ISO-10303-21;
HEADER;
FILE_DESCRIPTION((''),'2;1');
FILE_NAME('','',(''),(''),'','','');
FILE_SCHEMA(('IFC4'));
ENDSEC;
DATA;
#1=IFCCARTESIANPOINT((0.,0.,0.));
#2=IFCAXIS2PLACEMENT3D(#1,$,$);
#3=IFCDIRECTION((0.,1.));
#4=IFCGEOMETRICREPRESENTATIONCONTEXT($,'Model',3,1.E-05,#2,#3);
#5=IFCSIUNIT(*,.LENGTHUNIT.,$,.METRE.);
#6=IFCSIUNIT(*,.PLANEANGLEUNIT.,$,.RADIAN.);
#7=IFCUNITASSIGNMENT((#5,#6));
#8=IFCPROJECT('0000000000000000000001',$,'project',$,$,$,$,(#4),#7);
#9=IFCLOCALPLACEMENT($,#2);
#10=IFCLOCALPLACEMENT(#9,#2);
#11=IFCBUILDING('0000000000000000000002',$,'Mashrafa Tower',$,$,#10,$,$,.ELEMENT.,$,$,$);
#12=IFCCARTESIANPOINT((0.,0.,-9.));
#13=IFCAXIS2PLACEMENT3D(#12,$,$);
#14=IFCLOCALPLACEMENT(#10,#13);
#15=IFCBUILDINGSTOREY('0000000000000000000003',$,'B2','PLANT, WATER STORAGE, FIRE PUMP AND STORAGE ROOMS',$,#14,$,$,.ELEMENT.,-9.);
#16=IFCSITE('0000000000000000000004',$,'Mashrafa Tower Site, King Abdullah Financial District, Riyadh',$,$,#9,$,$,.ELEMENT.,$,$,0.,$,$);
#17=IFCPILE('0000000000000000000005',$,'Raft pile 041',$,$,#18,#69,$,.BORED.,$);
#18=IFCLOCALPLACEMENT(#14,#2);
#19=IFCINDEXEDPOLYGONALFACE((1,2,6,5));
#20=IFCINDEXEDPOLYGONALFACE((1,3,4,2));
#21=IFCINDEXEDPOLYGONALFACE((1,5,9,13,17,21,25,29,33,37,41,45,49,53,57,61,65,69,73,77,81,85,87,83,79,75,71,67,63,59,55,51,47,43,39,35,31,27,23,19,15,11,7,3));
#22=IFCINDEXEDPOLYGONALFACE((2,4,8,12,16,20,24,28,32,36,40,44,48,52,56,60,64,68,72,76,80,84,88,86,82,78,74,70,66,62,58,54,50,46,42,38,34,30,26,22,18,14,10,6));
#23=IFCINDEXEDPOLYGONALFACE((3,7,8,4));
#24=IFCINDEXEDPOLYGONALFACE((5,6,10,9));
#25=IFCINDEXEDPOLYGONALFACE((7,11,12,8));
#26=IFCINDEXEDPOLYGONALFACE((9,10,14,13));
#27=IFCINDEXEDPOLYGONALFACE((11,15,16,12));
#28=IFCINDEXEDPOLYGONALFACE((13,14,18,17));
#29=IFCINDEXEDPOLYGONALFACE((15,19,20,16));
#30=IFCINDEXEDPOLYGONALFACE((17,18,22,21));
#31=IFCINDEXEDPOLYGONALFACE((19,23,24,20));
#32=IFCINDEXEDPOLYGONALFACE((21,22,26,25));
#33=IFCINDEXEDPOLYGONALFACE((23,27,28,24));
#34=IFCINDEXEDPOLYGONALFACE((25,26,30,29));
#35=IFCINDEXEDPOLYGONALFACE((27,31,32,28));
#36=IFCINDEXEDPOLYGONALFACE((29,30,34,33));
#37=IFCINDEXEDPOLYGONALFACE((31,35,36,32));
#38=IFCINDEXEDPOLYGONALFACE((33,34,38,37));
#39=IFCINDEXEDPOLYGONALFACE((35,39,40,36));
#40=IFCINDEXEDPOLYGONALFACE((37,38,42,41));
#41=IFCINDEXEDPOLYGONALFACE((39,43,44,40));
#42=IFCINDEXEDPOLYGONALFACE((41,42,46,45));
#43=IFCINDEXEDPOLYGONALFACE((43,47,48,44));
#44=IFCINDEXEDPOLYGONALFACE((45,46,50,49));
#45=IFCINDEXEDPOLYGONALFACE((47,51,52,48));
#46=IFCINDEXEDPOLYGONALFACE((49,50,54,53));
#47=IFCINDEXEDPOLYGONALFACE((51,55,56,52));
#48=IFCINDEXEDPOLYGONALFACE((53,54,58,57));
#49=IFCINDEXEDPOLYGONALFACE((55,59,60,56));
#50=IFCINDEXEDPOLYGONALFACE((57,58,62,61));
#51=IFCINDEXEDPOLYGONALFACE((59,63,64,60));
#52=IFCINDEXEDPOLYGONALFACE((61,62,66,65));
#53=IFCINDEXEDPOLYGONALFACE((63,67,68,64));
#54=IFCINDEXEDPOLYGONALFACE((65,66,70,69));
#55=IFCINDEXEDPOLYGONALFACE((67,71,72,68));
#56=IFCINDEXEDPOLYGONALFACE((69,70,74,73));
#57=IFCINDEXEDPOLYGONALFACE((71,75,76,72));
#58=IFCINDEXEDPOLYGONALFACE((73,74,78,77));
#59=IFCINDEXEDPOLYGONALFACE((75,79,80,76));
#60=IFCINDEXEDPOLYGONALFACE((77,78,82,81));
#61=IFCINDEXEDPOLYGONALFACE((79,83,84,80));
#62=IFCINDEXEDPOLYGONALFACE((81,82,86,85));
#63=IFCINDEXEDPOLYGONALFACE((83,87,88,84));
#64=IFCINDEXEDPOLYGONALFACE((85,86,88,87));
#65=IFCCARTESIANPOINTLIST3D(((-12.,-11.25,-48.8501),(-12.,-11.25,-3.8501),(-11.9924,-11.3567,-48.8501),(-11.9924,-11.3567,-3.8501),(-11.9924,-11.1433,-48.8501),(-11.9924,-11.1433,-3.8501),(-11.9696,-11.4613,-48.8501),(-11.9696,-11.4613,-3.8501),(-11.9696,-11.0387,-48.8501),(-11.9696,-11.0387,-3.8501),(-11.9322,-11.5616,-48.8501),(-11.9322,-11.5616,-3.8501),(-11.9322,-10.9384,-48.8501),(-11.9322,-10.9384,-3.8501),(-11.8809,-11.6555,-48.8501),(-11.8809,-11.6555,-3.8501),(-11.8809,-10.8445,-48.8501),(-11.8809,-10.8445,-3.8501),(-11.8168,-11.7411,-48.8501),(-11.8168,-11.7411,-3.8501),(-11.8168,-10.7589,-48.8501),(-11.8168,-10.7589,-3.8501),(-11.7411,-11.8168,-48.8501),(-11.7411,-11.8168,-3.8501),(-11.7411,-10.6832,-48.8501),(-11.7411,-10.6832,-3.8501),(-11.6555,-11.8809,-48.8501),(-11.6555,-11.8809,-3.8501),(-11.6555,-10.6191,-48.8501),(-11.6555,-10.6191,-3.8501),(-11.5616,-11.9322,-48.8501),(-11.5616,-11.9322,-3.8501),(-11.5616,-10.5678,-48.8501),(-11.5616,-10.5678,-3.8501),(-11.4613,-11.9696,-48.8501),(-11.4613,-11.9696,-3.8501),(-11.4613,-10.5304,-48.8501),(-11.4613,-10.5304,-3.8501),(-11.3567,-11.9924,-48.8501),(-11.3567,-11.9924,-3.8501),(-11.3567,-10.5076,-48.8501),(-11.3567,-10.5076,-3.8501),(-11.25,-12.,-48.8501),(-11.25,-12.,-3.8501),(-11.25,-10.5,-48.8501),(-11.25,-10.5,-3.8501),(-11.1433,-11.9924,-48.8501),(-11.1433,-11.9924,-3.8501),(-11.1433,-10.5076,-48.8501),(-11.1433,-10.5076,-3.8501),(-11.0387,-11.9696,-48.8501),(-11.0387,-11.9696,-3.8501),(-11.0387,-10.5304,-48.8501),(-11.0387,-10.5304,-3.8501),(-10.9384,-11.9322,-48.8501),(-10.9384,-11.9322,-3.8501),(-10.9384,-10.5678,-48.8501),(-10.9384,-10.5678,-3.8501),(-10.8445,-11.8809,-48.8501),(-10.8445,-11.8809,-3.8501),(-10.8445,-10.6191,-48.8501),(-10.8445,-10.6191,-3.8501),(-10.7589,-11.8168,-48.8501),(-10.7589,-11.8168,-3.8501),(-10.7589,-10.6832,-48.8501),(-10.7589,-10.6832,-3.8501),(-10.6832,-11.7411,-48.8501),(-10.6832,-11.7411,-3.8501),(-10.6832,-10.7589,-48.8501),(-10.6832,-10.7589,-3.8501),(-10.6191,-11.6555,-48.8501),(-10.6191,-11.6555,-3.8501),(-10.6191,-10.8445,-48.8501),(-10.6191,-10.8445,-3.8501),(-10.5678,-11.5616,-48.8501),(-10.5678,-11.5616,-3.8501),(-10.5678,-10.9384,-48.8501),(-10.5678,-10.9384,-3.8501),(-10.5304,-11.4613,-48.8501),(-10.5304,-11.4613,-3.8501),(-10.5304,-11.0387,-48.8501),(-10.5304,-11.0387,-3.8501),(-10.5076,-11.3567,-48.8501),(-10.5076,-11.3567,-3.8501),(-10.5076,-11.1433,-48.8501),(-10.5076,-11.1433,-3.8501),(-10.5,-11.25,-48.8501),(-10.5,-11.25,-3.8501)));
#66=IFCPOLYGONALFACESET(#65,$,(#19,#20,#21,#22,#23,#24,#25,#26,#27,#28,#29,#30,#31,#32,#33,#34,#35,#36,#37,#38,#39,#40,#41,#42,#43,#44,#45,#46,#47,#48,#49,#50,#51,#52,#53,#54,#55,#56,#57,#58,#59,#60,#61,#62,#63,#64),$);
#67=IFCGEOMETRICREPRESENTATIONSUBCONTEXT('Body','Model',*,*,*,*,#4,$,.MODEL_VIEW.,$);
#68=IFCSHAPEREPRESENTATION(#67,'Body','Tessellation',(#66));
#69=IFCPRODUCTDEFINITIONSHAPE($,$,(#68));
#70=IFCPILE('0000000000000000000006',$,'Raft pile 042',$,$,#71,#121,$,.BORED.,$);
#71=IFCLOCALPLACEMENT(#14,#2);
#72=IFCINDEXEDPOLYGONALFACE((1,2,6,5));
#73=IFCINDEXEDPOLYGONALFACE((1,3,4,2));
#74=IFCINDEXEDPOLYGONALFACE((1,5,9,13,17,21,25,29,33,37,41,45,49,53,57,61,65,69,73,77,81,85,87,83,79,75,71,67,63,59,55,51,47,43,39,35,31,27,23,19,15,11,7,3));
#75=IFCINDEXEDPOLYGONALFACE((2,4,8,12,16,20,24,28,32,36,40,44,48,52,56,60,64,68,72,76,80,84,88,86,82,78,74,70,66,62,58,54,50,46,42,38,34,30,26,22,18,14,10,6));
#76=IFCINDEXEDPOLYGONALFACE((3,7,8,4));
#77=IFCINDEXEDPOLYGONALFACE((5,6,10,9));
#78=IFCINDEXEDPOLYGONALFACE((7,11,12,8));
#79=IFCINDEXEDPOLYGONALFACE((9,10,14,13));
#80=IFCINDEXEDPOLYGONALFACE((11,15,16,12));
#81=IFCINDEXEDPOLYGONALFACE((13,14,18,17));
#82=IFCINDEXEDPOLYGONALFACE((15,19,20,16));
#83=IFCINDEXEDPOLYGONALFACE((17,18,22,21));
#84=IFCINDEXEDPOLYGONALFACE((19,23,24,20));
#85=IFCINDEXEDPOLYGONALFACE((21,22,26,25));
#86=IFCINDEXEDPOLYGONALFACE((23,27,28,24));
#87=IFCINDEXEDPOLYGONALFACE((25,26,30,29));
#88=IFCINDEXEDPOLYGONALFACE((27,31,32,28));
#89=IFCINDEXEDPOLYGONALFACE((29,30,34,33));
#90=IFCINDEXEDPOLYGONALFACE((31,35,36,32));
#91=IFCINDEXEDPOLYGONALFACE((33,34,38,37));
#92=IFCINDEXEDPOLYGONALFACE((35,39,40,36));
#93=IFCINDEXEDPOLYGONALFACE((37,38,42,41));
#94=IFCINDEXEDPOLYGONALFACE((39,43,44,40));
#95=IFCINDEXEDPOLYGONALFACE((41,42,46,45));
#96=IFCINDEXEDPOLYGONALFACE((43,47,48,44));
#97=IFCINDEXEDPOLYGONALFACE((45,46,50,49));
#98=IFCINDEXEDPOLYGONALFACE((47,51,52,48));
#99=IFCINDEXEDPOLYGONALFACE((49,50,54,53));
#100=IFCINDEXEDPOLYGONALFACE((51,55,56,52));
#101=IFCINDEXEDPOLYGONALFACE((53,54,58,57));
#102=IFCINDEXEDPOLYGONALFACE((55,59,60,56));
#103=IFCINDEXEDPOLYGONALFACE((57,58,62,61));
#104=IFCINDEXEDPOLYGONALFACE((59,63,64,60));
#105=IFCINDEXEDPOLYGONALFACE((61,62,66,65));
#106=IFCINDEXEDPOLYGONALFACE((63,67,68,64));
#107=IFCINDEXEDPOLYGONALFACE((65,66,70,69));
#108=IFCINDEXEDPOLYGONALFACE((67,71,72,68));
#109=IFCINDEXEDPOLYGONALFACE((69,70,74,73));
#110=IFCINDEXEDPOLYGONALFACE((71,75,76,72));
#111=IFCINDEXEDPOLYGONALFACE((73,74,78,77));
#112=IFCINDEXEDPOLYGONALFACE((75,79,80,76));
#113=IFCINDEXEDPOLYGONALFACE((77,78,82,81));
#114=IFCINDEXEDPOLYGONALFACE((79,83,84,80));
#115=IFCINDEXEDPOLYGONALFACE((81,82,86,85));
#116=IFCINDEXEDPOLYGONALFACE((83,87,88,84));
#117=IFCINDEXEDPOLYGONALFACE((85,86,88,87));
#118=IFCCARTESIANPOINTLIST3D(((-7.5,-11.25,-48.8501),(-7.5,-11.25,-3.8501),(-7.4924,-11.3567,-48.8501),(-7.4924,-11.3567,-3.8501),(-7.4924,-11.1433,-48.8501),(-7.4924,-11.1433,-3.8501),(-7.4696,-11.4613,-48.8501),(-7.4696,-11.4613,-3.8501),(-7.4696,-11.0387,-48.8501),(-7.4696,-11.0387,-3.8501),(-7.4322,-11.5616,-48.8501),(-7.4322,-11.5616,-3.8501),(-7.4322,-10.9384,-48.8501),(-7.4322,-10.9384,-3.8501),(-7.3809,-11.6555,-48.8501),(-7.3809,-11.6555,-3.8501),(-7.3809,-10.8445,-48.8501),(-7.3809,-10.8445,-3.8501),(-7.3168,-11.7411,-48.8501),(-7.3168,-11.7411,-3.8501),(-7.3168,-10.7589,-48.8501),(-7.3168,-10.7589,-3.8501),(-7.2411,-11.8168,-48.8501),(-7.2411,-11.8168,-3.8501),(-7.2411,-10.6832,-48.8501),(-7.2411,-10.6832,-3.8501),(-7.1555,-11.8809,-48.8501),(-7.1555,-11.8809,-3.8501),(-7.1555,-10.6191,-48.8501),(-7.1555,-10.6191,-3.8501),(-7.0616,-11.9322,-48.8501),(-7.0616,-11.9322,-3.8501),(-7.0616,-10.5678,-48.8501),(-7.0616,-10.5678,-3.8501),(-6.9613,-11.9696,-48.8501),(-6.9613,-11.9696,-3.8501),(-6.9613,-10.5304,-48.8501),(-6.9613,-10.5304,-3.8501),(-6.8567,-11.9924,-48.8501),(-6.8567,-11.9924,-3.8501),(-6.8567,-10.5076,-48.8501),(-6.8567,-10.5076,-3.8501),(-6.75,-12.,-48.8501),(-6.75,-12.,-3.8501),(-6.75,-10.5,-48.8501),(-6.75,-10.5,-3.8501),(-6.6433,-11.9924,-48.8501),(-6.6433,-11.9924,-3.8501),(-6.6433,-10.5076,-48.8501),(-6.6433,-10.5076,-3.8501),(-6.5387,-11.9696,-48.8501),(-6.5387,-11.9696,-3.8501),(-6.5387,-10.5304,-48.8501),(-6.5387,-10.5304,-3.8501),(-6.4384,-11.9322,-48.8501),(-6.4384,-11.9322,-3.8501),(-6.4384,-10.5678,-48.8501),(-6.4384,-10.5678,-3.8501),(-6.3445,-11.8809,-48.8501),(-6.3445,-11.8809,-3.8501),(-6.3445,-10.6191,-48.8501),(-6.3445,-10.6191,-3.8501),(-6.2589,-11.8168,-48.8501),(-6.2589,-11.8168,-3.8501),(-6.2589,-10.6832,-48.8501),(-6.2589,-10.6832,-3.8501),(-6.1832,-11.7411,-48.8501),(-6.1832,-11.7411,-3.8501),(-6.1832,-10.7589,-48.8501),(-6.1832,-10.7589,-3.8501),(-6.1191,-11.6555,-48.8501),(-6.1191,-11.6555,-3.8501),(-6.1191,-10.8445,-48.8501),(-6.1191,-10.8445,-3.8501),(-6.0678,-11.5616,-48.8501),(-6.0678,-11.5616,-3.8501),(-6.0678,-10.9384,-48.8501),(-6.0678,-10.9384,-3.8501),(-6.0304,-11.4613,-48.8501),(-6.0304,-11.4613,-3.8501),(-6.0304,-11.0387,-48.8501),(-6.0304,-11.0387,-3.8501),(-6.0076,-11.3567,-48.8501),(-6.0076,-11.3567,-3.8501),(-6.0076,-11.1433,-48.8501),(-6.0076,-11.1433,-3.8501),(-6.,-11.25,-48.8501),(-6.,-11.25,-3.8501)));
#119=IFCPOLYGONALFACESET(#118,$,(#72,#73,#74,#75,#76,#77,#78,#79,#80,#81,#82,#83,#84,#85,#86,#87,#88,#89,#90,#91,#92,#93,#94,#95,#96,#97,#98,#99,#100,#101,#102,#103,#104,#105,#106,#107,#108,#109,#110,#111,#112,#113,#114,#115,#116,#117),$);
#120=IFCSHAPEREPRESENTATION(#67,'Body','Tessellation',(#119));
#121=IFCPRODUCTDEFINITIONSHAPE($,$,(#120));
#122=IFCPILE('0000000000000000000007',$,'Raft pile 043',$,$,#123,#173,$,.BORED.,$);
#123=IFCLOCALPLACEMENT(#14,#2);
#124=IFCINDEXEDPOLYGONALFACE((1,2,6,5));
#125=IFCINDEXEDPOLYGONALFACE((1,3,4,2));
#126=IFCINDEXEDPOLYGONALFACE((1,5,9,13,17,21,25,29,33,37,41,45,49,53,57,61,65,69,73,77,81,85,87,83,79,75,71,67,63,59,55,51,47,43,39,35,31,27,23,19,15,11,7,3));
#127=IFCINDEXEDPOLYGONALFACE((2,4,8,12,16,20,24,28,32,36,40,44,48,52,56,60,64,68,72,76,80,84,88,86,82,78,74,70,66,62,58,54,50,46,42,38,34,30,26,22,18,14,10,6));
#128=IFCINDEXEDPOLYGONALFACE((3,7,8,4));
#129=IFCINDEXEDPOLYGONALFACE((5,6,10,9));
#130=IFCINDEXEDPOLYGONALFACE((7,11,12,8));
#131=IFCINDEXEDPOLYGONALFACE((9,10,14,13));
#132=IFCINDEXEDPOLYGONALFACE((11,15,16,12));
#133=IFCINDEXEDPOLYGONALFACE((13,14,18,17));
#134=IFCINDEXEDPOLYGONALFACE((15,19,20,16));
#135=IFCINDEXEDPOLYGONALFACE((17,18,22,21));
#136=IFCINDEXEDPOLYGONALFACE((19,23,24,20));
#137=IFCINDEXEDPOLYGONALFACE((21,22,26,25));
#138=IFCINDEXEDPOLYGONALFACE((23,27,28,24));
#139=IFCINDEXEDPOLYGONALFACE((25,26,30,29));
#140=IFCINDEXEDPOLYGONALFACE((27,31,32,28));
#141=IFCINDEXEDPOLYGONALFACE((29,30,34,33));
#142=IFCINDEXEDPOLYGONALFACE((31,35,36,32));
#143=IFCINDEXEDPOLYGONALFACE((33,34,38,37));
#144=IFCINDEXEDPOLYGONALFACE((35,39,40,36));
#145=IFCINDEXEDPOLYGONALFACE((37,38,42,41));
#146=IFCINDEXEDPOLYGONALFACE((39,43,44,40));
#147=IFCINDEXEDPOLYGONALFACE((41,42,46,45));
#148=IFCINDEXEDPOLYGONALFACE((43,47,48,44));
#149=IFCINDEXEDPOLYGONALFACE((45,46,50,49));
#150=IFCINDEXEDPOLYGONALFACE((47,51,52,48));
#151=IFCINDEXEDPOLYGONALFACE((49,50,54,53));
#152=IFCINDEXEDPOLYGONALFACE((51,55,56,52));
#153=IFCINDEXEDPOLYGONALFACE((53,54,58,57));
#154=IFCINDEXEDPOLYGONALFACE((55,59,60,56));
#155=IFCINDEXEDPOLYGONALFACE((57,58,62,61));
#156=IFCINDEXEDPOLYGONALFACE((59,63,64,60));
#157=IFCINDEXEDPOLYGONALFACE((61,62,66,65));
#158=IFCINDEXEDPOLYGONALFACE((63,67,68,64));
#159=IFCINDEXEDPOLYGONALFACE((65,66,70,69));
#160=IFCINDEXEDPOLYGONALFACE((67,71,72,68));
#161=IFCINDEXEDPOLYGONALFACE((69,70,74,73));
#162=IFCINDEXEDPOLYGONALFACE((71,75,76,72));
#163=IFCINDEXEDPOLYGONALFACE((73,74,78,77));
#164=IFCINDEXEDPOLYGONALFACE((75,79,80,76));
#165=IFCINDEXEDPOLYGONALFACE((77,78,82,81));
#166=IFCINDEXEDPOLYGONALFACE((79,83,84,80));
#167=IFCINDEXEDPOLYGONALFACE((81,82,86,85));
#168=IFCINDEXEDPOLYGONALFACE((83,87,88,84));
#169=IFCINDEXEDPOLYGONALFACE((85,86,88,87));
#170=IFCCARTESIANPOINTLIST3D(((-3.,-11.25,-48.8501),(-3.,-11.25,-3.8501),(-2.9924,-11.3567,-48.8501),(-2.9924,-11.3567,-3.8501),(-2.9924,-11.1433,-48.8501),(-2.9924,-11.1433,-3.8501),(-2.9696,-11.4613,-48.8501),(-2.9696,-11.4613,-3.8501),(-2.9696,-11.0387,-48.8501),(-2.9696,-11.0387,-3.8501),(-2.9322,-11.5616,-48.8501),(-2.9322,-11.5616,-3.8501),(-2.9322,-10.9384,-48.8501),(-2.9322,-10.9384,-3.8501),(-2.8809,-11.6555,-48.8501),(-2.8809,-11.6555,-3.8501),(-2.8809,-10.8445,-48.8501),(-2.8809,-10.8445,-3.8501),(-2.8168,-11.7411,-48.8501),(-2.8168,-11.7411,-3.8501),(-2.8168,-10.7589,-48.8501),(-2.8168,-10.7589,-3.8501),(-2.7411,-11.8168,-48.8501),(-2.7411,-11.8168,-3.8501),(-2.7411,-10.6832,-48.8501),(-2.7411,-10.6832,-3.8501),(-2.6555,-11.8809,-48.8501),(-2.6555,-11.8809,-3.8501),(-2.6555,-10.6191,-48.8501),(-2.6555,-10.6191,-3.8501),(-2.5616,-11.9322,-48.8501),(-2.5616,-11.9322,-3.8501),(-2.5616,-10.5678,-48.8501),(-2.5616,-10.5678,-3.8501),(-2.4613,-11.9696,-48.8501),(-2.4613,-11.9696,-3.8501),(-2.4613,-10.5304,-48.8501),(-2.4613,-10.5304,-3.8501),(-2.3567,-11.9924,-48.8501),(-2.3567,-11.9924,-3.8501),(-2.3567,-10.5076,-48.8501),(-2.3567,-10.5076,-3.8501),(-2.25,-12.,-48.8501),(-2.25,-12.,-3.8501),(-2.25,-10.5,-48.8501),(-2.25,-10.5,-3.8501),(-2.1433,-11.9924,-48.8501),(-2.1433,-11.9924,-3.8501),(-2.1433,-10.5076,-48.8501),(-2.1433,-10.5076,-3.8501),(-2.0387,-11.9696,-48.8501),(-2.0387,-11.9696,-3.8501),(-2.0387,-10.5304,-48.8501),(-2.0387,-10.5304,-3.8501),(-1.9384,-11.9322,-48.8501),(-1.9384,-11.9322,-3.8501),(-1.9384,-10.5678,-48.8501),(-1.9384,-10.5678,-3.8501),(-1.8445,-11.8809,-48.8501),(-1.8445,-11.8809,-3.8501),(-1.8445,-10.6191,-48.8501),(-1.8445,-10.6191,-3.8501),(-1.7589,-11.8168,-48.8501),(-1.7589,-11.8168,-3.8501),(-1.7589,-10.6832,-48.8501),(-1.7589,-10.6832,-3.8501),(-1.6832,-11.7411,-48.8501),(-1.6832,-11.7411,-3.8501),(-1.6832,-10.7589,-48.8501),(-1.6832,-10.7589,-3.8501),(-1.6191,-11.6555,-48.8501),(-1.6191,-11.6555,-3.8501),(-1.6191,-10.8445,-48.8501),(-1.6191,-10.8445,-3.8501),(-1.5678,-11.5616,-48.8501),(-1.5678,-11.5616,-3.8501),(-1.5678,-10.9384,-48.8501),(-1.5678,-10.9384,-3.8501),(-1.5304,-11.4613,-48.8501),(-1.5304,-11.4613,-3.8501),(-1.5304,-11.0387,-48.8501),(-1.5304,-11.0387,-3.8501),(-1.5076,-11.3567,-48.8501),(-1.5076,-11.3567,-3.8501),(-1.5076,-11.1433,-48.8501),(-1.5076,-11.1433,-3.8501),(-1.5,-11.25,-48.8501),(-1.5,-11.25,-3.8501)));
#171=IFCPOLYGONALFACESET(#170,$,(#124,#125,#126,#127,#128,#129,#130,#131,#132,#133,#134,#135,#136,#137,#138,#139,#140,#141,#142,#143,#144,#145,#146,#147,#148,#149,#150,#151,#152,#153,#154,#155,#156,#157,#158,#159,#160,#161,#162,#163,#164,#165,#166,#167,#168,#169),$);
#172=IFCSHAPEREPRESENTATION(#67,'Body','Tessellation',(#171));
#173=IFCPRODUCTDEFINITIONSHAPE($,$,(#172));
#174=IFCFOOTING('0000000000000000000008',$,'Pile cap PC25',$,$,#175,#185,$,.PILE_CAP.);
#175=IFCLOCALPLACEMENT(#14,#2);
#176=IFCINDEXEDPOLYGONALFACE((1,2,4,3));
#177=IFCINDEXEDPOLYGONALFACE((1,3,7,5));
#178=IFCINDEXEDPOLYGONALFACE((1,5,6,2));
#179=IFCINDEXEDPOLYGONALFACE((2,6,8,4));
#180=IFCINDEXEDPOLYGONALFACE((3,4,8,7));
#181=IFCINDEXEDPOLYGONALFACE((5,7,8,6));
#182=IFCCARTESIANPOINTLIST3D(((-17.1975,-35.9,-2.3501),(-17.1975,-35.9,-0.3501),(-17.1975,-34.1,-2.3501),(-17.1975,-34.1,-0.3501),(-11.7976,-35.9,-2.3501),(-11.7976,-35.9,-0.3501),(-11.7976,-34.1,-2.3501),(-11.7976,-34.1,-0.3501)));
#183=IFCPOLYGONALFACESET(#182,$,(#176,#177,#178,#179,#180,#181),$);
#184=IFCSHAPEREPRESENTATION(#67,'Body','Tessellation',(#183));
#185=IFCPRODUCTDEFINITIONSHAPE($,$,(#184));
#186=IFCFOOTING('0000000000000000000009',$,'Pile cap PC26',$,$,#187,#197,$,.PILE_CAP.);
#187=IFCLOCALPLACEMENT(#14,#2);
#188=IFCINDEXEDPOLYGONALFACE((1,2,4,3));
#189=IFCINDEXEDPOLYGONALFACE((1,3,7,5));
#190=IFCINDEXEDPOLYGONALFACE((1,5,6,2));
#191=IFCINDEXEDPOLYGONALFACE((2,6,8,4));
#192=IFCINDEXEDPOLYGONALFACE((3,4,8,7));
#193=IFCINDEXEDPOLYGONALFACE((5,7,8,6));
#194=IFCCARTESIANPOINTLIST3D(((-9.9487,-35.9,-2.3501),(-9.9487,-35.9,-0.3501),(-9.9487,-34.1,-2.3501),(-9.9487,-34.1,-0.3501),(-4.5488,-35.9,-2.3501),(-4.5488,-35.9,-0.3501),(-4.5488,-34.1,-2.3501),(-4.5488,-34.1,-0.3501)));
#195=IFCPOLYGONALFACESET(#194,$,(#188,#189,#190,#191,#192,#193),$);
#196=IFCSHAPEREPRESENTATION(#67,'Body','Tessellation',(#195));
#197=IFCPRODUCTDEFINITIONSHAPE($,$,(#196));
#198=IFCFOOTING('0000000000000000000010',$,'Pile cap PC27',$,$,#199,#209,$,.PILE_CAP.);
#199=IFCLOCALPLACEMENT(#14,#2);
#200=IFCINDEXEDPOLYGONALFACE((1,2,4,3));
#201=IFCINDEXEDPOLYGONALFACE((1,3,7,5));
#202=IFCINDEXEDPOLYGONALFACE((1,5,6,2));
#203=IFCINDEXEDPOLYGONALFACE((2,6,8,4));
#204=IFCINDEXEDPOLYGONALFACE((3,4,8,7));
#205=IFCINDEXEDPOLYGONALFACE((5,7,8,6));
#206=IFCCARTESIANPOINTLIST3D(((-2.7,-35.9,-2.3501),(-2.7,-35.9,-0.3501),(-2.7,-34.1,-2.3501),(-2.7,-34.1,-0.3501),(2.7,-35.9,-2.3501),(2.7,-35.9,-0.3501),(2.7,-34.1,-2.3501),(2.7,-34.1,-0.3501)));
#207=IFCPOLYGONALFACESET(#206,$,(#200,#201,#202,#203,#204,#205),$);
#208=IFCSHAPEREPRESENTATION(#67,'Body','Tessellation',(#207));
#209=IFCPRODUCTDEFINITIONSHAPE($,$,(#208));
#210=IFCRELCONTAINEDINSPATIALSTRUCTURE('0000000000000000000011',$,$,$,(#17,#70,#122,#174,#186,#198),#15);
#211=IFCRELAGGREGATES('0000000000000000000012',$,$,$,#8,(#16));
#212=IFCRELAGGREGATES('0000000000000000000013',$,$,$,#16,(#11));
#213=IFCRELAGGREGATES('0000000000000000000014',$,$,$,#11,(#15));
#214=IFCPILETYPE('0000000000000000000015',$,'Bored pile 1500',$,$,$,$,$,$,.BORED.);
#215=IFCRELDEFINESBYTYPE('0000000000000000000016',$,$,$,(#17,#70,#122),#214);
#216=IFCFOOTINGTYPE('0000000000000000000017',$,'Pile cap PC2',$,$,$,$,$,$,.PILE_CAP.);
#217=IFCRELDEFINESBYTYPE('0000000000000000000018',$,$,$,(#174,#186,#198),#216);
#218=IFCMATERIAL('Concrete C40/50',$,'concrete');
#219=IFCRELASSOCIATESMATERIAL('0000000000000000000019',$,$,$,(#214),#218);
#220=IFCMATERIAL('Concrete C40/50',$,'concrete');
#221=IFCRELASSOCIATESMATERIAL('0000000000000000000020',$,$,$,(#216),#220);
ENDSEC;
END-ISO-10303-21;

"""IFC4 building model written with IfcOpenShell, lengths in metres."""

from ifc_helpers import new_model, si_unit, direction, frame, origin, origin_2d, place, context, subcontext, project, spatial, rectangle, circle, extrude, material, material_profile, profile_set, type_object, element, save


model = new_model("IFC4")

# Units and contexts
model_context = context("Model", 3, precision=1e-05, world=origin(), true_north=direction((0.0, 1.0)))
body_context = subcontext(model_context, "Body", "Model", "MODEL_VIEW")
ifc_project = project(units=[si_unit("LENGTHUNIT", "METRE"), si_unit("PLANEANGLEUNIT", "RADIAN")], contexts=[model_context])

# Site, building, storey
site_placement = place(None, origin())
site = spatial("IfcSite", under=ifc_project, at=site_placement, Name="Mashrafa Tower Site, King Abdullah Financial District, Riyadh", CompositionType="ELEMENT", RefElevation=0.0)
building_placement = place(site_placement, origin())
building = spatial("IfcBuilding", under=site, at=building_placement, Name="Mashrafa Tower", CompositionType="ELEMENT")
storey_placement = place(building_placement, frame((0.0, 0.0, -9.0)))
storey = spatial("IfcBuildingStorey", under=building, at=storey_placement, Name="B2", Description="PLANT, WATER STORAGE, FIRE PUMP AND STORAGE ROOMS", CompositionType="ELEMENT", Elevation=-9.0)

# Piles
ifc_material_1 = material(Name="Concrete C40/50", Category="concrete")
ifc_material_profile_1 = material_profile(ifc_material_1, circle(Radius=0.75, at=origin_2d()), Name="1500 DIA")
ifc_profile_set_1 = profile_set([ifc_material_profile_1], Name="Concrete C40/50")
pile_type_1 = type_object("IfcPileType", Name="Bored pile 1500", PredefinedType="BORED", material=ifc_profile_set_1)
for number, where, z_axis, x_axis, name in (
    (1, (-11.25, -11.25, -3.8501), (0.0, 0.0, -1.0), (1.0, 0.0, 0.0), "Raft pile 041"),
    (2, (-6.75, -11.25, -3.8501), (0.0, 0.0, -1.0), (1.0, 0.0, 0.0), "Raft pile 042"),
    (3, (-2.25, -11.25, -3.8501), (0.0, 0.0, -1.0), (1.0, 0.0, 0.0), "Raft pile 043"),
):
    element("IfcPile", number, at=place(storey_placement, frame(where, z_axis=z_axis, x_axis=x_axis)), inside=storey, type_object=pile_type_1, Name=name, PredefinedType="BORED", context=body_context, shape_type="SweptSolid", body=[
        extrude(circle(Radius=0.75, at=origin_2d()), origin(), (0.0, 0.0, 1.0), 45.0),
    ])

# Footings
ifc_material_2 = material(Name="Concrete C40/50", Category="concrete")
footing_type = type_object("IfcFootingType", Name="Pile cap PC2", PredefinedType="PILE_CAP", material=ifc_material_2)
for number, where, z_axis, x_axis, name in (
    (4, (-14.4976, -35.0, -2.3501), (0.0, 0.0, 1.0), (1.0, 0.0, 0.0), "Pile cap PC25"),
    (5, (-7.2488, -35.0, -2.3501), (0.0, 0.0, 1.0), (1.0, 0.0, 0.0), "Pile cap PC26"),
    (6, (0.0, -35.0, -2.3501), (0.0, 0.0, 1.0), (1.0, 0.0, 0.0), "Pile cap PC27"),
):
    element("IfcFooting", number, at=place(storey_placement, frame(where, z_axis=z_axis, x_axis=x_axis)), inside=storey, type_object=footing_type, Name=name, PredefinedType="PILE_CAP", context=body_context, shape_type="SweptSolid", body=[
        extrude(rectangle(XDim=5.3999, YDim=1.8, at=origin_2d()), origin(), (0.0, 0.0, 1.0), 2.0),
    ])

save(model, "model.ifc")
